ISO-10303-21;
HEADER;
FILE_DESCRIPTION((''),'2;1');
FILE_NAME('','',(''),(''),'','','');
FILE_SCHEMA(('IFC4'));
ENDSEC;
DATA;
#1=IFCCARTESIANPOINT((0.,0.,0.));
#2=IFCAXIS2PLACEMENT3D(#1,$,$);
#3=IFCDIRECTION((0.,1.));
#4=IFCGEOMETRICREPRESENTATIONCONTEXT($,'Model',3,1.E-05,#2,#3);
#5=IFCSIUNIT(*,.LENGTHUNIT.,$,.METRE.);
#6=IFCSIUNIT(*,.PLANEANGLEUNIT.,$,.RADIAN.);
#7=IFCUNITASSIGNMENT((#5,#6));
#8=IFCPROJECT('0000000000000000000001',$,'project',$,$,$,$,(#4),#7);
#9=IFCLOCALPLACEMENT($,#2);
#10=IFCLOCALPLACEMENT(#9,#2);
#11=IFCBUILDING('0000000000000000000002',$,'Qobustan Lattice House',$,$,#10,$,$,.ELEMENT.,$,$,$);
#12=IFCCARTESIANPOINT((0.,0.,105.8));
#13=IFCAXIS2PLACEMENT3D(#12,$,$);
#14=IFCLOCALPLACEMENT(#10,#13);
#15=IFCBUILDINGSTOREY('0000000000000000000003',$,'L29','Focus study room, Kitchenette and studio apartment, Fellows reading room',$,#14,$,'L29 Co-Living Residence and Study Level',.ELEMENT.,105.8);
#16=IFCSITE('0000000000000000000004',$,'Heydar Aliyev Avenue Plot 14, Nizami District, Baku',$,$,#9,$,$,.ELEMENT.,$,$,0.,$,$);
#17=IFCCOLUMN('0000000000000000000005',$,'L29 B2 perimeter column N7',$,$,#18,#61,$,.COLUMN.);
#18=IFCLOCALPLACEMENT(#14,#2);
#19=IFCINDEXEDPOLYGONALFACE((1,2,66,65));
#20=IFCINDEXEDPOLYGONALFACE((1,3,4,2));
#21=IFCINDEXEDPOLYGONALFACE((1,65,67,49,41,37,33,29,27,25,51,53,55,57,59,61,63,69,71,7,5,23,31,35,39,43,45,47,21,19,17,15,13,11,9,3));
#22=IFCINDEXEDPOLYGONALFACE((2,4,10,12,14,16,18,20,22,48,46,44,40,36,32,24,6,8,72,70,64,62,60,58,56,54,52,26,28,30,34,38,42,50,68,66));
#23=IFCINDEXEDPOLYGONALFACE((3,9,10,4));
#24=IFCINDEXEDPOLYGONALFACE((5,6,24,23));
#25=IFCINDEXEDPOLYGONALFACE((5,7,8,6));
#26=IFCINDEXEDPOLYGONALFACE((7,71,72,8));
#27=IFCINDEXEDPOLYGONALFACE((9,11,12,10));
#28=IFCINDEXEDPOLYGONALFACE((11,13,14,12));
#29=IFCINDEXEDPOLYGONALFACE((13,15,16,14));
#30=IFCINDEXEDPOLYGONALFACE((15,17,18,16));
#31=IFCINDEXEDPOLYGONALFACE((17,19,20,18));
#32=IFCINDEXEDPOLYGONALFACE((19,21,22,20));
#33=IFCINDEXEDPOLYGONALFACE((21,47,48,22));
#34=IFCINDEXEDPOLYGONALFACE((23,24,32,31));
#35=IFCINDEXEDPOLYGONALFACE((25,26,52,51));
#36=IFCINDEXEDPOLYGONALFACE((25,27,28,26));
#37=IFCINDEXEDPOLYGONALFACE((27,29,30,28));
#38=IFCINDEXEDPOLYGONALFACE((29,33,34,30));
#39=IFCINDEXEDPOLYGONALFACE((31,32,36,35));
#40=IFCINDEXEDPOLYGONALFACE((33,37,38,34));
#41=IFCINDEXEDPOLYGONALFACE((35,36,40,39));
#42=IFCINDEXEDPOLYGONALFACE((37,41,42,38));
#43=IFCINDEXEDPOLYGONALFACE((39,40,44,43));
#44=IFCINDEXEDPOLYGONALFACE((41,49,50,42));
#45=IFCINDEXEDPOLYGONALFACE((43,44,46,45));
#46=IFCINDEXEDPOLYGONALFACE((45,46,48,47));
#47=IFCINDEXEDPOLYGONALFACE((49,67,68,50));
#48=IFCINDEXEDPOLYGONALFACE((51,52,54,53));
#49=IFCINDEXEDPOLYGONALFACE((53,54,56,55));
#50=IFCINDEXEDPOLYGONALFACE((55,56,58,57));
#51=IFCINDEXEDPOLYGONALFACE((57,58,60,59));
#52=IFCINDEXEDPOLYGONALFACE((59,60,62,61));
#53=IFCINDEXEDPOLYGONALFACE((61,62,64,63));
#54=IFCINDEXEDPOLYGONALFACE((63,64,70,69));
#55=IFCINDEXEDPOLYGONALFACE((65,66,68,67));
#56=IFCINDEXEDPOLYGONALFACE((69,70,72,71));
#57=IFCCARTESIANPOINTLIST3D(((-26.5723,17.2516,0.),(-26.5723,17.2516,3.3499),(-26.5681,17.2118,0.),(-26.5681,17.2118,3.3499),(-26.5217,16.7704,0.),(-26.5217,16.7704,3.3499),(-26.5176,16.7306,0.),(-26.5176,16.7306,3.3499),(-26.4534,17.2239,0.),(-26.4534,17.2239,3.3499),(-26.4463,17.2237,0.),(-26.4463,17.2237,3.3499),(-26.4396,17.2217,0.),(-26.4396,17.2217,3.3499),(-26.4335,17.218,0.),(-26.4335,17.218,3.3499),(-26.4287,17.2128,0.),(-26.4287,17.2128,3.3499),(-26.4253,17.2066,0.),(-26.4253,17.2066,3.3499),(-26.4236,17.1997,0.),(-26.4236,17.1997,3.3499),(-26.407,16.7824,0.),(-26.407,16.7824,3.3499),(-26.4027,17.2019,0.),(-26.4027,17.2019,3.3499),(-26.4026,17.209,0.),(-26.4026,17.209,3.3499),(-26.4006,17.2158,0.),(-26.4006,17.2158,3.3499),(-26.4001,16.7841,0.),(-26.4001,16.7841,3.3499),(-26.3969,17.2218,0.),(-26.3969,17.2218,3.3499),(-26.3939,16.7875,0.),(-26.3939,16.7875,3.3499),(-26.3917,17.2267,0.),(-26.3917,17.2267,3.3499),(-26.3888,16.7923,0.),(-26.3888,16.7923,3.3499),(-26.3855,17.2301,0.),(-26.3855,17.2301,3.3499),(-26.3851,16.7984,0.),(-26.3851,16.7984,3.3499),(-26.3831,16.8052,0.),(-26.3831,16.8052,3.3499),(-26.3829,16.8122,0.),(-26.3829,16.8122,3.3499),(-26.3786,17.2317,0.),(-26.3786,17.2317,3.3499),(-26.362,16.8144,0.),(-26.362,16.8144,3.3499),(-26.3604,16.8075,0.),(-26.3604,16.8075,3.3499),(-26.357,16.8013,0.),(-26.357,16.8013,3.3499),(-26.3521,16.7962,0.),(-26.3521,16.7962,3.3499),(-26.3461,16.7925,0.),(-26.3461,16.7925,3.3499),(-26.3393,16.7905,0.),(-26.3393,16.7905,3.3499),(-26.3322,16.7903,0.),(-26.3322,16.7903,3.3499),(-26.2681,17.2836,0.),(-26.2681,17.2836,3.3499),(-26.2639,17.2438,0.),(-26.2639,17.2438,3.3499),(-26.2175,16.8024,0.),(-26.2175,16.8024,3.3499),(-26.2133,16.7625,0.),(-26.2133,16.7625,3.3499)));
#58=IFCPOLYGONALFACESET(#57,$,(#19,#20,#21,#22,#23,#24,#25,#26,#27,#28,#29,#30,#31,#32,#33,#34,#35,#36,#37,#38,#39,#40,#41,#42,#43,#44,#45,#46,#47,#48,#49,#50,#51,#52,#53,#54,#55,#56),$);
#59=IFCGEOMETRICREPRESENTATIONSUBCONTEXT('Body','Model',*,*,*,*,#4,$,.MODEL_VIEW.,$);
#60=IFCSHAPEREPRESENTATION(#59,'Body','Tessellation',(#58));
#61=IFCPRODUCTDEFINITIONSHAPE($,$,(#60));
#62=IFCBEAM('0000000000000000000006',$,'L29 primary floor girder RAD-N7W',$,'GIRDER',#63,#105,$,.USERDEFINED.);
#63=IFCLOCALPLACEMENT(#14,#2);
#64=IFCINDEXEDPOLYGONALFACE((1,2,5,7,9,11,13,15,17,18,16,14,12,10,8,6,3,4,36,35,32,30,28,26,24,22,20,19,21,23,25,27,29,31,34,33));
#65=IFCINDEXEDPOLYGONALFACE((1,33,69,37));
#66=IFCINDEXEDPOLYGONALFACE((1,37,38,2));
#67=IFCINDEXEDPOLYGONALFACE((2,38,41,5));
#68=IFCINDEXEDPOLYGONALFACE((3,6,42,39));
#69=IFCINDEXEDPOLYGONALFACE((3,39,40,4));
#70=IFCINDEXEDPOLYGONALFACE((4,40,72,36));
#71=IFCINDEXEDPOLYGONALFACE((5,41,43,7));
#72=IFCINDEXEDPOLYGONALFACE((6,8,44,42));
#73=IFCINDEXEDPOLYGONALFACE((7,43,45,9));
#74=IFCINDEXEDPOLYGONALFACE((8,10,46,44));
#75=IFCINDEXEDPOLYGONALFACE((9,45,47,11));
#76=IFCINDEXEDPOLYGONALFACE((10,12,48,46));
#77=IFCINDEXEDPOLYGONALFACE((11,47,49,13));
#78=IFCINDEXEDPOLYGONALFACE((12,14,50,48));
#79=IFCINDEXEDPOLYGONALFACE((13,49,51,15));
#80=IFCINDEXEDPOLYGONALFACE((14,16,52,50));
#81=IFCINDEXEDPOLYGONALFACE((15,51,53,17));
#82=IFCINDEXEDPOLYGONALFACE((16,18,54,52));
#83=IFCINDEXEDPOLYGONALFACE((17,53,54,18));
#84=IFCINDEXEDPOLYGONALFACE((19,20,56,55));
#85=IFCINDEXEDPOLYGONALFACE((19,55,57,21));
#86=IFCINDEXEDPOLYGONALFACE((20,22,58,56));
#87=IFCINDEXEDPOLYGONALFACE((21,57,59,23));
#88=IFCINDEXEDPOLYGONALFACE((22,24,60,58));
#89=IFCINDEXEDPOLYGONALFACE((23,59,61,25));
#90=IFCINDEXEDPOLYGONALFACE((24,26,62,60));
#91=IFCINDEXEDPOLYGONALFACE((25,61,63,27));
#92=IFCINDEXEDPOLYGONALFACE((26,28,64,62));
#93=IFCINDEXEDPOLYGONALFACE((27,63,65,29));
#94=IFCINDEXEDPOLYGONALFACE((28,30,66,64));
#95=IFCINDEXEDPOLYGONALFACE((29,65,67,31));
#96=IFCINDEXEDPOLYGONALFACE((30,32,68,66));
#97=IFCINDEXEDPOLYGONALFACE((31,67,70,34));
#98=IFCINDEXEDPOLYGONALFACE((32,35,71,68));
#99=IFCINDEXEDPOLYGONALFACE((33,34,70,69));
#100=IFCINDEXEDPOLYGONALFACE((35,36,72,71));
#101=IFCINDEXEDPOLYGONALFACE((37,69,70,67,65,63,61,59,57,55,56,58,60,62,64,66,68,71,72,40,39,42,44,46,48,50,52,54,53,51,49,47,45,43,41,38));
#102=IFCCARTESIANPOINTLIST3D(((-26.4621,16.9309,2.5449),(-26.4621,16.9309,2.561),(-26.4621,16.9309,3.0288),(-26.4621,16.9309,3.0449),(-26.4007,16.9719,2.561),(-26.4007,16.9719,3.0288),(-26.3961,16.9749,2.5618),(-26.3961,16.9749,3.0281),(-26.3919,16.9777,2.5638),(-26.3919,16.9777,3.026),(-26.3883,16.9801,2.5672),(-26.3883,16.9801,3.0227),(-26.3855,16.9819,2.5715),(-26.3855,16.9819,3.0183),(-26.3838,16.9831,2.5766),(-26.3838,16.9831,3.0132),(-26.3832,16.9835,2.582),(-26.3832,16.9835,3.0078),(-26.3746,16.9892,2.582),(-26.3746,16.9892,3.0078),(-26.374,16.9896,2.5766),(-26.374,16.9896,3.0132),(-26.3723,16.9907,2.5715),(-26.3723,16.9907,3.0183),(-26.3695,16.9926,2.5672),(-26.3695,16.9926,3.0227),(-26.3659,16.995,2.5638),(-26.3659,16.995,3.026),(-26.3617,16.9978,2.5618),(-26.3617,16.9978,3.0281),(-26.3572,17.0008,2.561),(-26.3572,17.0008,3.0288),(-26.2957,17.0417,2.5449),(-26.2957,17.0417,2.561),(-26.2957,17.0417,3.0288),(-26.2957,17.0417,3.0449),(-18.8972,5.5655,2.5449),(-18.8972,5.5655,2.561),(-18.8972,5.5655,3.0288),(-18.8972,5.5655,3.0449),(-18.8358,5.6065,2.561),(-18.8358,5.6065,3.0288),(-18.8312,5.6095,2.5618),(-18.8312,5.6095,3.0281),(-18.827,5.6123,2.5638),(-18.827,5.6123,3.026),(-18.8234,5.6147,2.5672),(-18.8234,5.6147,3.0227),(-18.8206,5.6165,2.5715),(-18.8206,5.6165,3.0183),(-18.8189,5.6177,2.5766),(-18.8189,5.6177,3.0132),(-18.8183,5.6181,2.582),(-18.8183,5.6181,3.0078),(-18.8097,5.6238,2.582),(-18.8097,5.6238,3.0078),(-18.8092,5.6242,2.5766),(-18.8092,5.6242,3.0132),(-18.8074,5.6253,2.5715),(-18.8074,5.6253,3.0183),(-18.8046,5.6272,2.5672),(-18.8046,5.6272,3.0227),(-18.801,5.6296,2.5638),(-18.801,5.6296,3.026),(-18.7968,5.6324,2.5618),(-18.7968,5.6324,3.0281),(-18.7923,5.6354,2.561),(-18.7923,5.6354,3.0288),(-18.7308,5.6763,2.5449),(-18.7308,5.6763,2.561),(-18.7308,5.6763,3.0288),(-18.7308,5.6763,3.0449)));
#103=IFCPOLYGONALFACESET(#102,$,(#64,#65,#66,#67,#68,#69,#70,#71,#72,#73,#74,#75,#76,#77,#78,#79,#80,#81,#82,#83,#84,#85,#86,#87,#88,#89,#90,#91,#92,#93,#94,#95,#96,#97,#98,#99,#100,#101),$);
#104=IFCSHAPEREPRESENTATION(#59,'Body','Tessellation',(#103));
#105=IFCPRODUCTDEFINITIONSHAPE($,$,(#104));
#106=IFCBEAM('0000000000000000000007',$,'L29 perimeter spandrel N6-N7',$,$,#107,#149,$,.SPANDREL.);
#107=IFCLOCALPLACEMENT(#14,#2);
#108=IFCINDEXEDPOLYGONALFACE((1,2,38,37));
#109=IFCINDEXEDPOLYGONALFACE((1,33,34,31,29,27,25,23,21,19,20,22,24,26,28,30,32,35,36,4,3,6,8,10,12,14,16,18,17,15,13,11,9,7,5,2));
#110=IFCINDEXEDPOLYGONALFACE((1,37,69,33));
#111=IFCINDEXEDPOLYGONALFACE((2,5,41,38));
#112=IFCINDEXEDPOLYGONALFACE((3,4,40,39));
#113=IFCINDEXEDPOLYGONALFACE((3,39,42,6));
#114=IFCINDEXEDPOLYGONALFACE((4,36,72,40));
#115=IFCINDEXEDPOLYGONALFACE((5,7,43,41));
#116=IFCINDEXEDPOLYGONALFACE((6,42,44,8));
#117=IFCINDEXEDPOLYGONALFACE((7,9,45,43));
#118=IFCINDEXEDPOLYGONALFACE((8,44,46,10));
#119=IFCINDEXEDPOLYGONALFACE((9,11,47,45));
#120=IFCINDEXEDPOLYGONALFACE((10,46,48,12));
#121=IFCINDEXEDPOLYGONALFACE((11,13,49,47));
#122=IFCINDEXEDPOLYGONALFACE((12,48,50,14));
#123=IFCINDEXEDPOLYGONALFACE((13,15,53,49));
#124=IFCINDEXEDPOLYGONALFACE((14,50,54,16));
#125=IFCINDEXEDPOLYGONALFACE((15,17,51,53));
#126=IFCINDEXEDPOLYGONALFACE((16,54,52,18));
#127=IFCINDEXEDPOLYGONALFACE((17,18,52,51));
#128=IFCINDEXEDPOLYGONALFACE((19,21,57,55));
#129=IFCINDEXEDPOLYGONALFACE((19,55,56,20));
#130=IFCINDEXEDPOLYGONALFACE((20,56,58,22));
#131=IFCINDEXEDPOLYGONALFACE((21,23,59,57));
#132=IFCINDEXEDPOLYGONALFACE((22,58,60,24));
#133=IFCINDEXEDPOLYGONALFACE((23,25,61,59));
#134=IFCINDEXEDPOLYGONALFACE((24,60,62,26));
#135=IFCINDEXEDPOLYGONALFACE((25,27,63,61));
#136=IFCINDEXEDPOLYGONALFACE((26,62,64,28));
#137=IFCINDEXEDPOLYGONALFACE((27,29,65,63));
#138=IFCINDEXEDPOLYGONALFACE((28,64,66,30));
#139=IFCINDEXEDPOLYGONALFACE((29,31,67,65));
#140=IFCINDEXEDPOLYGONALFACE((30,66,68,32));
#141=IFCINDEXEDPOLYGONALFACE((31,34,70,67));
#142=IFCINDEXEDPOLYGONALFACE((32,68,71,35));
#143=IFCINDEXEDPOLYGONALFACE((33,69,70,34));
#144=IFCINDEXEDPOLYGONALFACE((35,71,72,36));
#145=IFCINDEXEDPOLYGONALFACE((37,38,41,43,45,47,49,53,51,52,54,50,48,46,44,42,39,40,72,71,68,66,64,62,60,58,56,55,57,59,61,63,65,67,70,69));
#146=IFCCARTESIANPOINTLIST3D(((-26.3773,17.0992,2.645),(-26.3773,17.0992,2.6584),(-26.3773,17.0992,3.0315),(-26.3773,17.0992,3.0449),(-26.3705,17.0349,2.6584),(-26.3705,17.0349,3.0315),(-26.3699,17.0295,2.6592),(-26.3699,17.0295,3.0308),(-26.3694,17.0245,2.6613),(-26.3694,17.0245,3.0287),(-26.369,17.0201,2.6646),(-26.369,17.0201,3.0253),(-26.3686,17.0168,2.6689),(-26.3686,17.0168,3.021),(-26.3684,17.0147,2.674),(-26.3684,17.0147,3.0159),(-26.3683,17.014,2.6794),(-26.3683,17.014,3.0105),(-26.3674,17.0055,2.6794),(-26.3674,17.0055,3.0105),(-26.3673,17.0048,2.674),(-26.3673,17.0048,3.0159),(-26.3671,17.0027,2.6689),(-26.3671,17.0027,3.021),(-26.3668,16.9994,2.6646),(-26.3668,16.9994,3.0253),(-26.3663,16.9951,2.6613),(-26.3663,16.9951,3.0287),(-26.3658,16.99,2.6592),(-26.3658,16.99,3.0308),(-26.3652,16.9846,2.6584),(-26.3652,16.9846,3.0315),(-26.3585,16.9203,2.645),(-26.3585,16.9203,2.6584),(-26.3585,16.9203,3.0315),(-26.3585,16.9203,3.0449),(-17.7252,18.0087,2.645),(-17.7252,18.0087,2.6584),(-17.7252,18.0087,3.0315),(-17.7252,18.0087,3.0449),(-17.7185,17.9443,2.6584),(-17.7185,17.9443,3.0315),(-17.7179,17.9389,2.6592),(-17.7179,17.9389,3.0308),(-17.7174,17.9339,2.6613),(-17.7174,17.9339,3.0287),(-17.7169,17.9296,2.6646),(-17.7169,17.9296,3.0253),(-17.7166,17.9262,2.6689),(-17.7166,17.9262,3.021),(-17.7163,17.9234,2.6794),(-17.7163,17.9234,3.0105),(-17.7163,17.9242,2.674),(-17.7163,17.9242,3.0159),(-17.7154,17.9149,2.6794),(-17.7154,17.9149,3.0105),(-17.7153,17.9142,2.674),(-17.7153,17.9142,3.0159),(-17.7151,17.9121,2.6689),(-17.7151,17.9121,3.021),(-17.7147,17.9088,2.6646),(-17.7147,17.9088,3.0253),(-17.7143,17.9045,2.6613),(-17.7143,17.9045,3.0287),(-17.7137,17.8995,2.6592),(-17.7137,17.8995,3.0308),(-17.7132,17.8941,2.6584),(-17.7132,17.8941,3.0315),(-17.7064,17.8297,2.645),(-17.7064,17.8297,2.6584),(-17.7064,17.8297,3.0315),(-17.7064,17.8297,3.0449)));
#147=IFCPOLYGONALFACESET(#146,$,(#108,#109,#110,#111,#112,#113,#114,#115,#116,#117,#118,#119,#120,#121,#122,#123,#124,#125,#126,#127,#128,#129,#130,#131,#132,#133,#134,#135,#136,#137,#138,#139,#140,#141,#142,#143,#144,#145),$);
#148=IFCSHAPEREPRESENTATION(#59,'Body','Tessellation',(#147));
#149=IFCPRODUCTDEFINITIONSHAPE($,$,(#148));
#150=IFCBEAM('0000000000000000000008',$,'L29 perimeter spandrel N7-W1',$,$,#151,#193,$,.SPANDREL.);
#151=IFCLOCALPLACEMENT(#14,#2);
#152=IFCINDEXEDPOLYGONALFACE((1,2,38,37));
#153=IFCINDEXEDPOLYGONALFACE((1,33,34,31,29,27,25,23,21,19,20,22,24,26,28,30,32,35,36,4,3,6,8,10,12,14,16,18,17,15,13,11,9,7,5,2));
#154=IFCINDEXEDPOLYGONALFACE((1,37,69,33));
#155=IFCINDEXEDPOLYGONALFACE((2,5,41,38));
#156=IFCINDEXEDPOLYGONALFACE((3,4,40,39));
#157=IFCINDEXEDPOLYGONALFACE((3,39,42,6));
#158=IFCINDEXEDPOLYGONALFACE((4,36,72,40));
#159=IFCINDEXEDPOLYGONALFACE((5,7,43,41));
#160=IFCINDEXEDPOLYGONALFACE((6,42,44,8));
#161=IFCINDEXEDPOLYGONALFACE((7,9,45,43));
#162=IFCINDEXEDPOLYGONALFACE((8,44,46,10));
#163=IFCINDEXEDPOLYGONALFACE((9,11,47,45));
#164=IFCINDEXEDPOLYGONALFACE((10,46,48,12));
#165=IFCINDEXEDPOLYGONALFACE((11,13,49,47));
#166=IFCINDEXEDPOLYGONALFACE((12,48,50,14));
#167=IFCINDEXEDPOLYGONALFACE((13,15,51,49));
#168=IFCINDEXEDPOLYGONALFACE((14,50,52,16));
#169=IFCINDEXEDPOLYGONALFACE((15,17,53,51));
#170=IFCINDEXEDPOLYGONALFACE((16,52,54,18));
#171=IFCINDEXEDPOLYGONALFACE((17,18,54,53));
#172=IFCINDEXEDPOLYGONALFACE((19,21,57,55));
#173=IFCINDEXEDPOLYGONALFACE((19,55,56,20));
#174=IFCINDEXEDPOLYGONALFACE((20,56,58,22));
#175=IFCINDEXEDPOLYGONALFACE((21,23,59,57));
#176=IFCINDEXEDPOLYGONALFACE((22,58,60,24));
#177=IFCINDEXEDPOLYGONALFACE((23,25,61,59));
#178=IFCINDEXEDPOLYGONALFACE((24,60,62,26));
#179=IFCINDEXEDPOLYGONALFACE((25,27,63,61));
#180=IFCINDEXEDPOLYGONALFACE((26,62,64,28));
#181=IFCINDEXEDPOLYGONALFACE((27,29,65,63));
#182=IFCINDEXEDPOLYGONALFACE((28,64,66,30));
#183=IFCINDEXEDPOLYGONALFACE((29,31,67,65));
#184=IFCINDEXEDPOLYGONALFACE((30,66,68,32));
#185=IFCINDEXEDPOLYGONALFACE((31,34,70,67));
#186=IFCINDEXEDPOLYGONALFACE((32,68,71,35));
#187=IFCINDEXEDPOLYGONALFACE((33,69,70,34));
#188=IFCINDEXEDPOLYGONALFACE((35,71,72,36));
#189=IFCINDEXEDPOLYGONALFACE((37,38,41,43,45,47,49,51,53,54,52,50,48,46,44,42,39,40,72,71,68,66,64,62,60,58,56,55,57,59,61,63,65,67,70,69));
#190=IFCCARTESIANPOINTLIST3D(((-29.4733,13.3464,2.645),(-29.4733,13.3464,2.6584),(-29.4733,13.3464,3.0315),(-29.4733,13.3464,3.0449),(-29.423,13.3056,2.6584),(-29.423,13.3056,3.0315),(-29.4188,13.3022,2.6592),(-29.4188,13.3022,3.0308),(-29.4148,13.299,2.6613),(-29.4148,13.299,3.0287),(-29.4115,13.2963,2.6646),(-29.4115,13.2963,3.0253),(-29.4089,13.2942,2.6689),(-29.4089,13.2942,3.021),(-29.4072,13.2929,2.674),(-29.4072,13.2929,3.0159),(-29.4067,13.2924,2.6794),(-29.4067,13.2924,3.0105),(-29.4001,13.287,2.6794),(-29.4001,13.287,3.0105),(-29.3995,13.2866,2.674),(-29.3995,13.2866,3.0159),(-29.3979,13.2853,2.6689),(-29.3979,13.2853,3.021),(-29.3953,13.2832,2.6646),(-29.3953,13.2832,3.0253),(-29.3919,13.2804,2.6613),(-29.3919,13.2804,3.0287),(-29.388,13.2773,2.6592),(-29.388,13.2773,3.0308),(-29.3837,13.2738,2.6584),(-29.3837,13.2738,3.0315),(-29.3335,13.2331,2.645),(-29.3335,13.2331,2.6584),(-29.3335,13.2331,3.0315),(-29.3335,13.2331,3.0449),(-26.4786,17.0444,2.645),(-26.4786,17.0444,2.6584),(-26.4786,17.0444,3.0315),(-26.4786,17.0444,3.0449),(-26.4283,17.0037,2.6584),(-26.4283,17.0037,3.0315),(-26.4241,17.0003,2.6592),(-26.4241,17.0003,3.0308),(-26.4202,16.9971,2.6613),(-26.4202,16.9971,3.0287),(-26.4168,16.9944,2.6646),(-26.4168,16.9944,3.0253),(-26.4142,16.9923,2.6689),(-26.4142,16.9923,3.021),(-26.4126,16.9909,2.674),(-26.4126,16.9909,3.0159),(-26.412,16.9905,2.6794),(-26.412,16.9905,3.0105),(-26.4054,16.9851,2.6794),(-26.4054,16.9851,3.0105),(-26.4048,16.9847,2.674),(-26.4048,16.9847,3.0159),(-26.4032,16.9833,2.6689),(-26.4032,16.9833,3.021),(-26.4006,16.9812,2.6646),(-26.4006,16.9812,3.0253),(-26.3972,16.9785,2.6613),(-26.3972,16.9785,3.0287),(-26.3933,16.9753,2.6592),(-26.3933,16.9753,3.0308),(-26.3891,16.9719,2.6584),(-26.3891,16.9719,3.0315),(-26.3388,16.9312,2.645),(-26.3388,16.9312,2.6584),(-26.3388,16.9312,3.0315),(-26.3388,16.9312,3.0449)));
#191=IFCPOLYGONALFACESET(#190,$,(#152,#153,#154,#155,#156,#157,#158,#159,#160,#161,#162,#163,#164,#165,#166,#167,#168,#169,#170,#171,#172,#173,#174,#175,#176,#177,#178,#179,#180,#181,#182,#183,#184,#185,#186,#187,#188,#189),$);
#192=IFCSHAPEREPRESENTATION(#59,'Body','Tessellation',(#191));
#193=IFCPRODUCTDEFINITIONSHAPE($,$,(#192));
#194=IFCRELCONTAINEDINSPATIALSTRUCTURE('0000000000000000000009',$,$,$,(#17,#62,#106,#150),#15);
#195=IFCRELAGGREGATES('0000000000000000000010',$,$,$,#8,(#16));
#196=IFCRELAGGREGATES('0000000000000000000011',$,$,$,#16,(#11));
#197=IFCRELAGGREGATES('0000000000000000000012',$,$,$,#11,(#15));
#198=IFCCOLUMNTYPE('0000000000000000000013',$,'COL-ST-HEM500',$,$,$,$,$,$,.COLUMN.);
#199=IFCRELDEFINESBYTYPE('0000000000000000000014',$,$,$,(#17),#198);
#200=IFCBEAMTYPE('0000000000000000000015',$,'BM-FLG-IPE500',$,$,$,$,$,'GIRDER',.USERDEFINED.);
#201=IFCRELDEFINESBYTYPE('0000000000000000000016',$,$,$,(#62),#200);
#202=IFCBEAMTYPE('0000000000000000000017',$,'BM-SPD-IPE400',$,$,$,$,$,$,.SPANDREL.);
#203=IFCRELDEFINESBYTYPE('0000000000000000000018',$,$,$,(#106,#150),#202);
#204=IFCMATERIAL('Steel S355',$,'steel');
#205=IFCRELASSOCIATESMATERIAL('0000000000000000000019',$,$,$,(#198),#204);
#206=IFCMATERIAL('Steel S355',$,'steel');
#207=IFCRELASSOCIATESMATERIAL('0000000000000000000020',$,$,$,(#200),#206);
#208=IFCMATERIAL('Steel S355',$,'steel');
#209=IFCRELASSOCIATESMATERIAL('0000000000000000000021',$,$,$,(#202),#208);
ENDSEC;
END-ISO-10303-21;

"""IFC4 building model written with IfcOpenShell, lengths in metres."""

from ifc_helpers import new_model, si_unit, direction, frame, origin, origin_2d, place, context, subcontext, project, spatial, i_section, extrude, material, material_profile, profile_set, type_object, element, save


model = new_model("IFC4")

# Units and contexts
model_context = context("Model", 3, precision=1e-05, world=origin(), true_north=direction((0.0, 1.0)))
body_context = subcontext(model_context, "Body", "Model", "MODEL_VIEW")
ifc_project = project(units=[si_unit("LENGTHUNIT", "METRE"), si_unit("PLANEANGLEUNIT", "RADIAN")], contexts=[model_context])

# Site, building, storey
site_placement = place(None, origin())
site = spatial("IfcSite", under=ifc_project, at=site_placement, Name="Heydar Aliyev Avenue Plot 14, Nizami District, Baku", CompositionType="ELEMENT", RefElevation=0.0)
building_placement = place(site_placement, origin())
building = spatial("IfcBuilding", under=site, at=building_placement, Name="Qobustan Lattice House", CompositionType="ELEMENT")
storey_placement = place(building_placement, frame((0.0, 0.0, 105.8)))
storey = spatial("IfcBuildingStorey", under=building, at=storey_placement, Name="L29", Description="Focus study room, Kitchenette and studio apartment, Fellows reading room", LongName="L29 Co-Living Residence and Study Level", CompositionType="ELEMENT", Elevation=105.8)

# Column
ifc_material_1 = material(Name="Steel S355", Category="steel")
ifc_material_profile_1 = material_profile(ifc_material_1, i_section(OverallWidth=0.3059, OverallDepth=0.5239, WebThickness=0.021, FlangeThickness=0.04, FilletRadius=0.0271, at=origin_2d()), Name="HEM500")
ifc_profile_set_1 = profile_set([ifc_material_profile_1], Name="Steel S355")
column_type = type_object("IfcColumnType", Name="COL-ST-HEM500", PredefinedType="COLUMN", material=ifc_profile_set_1)
column_placement = place(storey_placement, frame((-26.3928, 17.0071, 0.0), z_axis=(0.0, 0.0, 1.0), x_axis=(0.994522, 0.104528, 0.0)))
element("IfcColumn", 1, at=column_placement, inside=storey, type_object=column_type, Name="L29 B2 perimeter column N7", PredefinedType="COLUMN", context=body_context, shape_type="SweptSolid", body=[
    extrude(i_section(OverallWidth=0.3059, OverallDepth=0.5239, WebThickness=0.021, FlangeThickness=0.04, FilletRadius=0.0271, at=origin_2d()), origin(), (0.0, 0.0, 1.0), 3.3499),
])

# Beams
ifc_material_2 = material(Name="Steel S355", Category="steel")
ifc_material_profile_2 = material_profile(ifc_material_2, i_section(OverallWidth=0.2, OverallDepth=0.5, WebThickness=0.0103, FlangeThickness=0.0161, FilletRadius=0.021, at=origin_2d()), Name="IPE500")
ifc_profile_set_2 = profile_set([ifc_material_profile_2], Name="Steel S355")
beam_type_1 = type_object("IfcBeamType", Name="BM-FLG-IPE500", ElementType="GIRDER", PredefinedType="USERDEFINED", material=ifc_profile_set_2)
beam_1_placement = place(storey_placement, frame((-26.3789, 16.9863, 2.7949), z_axis=(0.554089, -0.832457, 0.0), x_axis=(0.832457, 0.554089, 0.0)))
element("IfcBeam", 2, at=beam_1_placement, inside=storey, type_object=beam_type_1, Name="L29 primary floor girder RAD-N7W", ObjectType="GIRDER", PredefinedType="USERDEFINED", context=body_context, shape_type="SweptSolid", body=[
    extrude(i_section(OverallWidth=0.2, OverallDepth=0.5, WebThickness=0.0103, FlangeThickness=0.0161, FilletRadius=0.021, at=origin_2d()), origin(), (0.0, 0.0, 1.0), 13.6528),
])
ifc_material_3 = material(Name="Steel S355", Category="steel")
ifc_material_profile_3 = material_profile(ifc_material_3, i_section(OverallWidth=0.1799, OverallDepth=0.3999, WebThickness=0.0085, FlangeThickness=0.0134, FilletRadius=0.021, at=origin_2d()), Name="IPE400")
ifc_profile_set_3 = profile_set([ifc_material_profile_3], Name="Steel S355")
beam_type_2 = type_object("IfcBeamType", Name="BM-SPD-IPE400", PredefinedType="SPANDREL", material=ifc_profile_set_3)
beam_2_placement = place(storey_placement, frame((-17.7158, 17.9192, 2.845), z_axis=(-0.994521, -0.104534, 0.0), x_axis=(0.104534, -0.994521, 0.0)))
element("IfcBeam", 3, at=beam_2_placement, inside=storey, type_object=beam_type_2, Name="L29 perimeter spandrel N6-N7", PredefinedType="SPANDREL", context=body_context, shape_type="SweptSolid", body=[
    extrude(i_section(OverallWidth=0.1799, OverallDepth=0.3999, WebThickness=0.0085, FlangeThickness=0.0134, FilletRadius=0.021, at=origin_2d()), origin(), (0.0, 0.0, 1.0), 8.6997),
])
beam_3_placement = place(storey_placement, frame((-26.4087, 16.9878, 2.845), z_axis=(-0.629327, -0.777141, 0.0), x_axis=(0.777141, -0.629327, 0.0)))
element("IfcBeam", 4, at=beam_3_placement, inside=storey, type_object=beam_type_2, Name="L29 perimeter spandrel N7-W1", PredefinedType="SPANDREL", context=body_context, shape_type="SweptSolid", body=[
    extrude(i_section(OverallWidth=0.1799, OverallDepth=0.3999, WebThickness=0.0085, FlangeThickness=0.0134, FilletRadius=0.021, at=origin_2d()), origin(), (0.0, 0.0, 1.0), 4.7585),
])

save(model, "model.ifc")
